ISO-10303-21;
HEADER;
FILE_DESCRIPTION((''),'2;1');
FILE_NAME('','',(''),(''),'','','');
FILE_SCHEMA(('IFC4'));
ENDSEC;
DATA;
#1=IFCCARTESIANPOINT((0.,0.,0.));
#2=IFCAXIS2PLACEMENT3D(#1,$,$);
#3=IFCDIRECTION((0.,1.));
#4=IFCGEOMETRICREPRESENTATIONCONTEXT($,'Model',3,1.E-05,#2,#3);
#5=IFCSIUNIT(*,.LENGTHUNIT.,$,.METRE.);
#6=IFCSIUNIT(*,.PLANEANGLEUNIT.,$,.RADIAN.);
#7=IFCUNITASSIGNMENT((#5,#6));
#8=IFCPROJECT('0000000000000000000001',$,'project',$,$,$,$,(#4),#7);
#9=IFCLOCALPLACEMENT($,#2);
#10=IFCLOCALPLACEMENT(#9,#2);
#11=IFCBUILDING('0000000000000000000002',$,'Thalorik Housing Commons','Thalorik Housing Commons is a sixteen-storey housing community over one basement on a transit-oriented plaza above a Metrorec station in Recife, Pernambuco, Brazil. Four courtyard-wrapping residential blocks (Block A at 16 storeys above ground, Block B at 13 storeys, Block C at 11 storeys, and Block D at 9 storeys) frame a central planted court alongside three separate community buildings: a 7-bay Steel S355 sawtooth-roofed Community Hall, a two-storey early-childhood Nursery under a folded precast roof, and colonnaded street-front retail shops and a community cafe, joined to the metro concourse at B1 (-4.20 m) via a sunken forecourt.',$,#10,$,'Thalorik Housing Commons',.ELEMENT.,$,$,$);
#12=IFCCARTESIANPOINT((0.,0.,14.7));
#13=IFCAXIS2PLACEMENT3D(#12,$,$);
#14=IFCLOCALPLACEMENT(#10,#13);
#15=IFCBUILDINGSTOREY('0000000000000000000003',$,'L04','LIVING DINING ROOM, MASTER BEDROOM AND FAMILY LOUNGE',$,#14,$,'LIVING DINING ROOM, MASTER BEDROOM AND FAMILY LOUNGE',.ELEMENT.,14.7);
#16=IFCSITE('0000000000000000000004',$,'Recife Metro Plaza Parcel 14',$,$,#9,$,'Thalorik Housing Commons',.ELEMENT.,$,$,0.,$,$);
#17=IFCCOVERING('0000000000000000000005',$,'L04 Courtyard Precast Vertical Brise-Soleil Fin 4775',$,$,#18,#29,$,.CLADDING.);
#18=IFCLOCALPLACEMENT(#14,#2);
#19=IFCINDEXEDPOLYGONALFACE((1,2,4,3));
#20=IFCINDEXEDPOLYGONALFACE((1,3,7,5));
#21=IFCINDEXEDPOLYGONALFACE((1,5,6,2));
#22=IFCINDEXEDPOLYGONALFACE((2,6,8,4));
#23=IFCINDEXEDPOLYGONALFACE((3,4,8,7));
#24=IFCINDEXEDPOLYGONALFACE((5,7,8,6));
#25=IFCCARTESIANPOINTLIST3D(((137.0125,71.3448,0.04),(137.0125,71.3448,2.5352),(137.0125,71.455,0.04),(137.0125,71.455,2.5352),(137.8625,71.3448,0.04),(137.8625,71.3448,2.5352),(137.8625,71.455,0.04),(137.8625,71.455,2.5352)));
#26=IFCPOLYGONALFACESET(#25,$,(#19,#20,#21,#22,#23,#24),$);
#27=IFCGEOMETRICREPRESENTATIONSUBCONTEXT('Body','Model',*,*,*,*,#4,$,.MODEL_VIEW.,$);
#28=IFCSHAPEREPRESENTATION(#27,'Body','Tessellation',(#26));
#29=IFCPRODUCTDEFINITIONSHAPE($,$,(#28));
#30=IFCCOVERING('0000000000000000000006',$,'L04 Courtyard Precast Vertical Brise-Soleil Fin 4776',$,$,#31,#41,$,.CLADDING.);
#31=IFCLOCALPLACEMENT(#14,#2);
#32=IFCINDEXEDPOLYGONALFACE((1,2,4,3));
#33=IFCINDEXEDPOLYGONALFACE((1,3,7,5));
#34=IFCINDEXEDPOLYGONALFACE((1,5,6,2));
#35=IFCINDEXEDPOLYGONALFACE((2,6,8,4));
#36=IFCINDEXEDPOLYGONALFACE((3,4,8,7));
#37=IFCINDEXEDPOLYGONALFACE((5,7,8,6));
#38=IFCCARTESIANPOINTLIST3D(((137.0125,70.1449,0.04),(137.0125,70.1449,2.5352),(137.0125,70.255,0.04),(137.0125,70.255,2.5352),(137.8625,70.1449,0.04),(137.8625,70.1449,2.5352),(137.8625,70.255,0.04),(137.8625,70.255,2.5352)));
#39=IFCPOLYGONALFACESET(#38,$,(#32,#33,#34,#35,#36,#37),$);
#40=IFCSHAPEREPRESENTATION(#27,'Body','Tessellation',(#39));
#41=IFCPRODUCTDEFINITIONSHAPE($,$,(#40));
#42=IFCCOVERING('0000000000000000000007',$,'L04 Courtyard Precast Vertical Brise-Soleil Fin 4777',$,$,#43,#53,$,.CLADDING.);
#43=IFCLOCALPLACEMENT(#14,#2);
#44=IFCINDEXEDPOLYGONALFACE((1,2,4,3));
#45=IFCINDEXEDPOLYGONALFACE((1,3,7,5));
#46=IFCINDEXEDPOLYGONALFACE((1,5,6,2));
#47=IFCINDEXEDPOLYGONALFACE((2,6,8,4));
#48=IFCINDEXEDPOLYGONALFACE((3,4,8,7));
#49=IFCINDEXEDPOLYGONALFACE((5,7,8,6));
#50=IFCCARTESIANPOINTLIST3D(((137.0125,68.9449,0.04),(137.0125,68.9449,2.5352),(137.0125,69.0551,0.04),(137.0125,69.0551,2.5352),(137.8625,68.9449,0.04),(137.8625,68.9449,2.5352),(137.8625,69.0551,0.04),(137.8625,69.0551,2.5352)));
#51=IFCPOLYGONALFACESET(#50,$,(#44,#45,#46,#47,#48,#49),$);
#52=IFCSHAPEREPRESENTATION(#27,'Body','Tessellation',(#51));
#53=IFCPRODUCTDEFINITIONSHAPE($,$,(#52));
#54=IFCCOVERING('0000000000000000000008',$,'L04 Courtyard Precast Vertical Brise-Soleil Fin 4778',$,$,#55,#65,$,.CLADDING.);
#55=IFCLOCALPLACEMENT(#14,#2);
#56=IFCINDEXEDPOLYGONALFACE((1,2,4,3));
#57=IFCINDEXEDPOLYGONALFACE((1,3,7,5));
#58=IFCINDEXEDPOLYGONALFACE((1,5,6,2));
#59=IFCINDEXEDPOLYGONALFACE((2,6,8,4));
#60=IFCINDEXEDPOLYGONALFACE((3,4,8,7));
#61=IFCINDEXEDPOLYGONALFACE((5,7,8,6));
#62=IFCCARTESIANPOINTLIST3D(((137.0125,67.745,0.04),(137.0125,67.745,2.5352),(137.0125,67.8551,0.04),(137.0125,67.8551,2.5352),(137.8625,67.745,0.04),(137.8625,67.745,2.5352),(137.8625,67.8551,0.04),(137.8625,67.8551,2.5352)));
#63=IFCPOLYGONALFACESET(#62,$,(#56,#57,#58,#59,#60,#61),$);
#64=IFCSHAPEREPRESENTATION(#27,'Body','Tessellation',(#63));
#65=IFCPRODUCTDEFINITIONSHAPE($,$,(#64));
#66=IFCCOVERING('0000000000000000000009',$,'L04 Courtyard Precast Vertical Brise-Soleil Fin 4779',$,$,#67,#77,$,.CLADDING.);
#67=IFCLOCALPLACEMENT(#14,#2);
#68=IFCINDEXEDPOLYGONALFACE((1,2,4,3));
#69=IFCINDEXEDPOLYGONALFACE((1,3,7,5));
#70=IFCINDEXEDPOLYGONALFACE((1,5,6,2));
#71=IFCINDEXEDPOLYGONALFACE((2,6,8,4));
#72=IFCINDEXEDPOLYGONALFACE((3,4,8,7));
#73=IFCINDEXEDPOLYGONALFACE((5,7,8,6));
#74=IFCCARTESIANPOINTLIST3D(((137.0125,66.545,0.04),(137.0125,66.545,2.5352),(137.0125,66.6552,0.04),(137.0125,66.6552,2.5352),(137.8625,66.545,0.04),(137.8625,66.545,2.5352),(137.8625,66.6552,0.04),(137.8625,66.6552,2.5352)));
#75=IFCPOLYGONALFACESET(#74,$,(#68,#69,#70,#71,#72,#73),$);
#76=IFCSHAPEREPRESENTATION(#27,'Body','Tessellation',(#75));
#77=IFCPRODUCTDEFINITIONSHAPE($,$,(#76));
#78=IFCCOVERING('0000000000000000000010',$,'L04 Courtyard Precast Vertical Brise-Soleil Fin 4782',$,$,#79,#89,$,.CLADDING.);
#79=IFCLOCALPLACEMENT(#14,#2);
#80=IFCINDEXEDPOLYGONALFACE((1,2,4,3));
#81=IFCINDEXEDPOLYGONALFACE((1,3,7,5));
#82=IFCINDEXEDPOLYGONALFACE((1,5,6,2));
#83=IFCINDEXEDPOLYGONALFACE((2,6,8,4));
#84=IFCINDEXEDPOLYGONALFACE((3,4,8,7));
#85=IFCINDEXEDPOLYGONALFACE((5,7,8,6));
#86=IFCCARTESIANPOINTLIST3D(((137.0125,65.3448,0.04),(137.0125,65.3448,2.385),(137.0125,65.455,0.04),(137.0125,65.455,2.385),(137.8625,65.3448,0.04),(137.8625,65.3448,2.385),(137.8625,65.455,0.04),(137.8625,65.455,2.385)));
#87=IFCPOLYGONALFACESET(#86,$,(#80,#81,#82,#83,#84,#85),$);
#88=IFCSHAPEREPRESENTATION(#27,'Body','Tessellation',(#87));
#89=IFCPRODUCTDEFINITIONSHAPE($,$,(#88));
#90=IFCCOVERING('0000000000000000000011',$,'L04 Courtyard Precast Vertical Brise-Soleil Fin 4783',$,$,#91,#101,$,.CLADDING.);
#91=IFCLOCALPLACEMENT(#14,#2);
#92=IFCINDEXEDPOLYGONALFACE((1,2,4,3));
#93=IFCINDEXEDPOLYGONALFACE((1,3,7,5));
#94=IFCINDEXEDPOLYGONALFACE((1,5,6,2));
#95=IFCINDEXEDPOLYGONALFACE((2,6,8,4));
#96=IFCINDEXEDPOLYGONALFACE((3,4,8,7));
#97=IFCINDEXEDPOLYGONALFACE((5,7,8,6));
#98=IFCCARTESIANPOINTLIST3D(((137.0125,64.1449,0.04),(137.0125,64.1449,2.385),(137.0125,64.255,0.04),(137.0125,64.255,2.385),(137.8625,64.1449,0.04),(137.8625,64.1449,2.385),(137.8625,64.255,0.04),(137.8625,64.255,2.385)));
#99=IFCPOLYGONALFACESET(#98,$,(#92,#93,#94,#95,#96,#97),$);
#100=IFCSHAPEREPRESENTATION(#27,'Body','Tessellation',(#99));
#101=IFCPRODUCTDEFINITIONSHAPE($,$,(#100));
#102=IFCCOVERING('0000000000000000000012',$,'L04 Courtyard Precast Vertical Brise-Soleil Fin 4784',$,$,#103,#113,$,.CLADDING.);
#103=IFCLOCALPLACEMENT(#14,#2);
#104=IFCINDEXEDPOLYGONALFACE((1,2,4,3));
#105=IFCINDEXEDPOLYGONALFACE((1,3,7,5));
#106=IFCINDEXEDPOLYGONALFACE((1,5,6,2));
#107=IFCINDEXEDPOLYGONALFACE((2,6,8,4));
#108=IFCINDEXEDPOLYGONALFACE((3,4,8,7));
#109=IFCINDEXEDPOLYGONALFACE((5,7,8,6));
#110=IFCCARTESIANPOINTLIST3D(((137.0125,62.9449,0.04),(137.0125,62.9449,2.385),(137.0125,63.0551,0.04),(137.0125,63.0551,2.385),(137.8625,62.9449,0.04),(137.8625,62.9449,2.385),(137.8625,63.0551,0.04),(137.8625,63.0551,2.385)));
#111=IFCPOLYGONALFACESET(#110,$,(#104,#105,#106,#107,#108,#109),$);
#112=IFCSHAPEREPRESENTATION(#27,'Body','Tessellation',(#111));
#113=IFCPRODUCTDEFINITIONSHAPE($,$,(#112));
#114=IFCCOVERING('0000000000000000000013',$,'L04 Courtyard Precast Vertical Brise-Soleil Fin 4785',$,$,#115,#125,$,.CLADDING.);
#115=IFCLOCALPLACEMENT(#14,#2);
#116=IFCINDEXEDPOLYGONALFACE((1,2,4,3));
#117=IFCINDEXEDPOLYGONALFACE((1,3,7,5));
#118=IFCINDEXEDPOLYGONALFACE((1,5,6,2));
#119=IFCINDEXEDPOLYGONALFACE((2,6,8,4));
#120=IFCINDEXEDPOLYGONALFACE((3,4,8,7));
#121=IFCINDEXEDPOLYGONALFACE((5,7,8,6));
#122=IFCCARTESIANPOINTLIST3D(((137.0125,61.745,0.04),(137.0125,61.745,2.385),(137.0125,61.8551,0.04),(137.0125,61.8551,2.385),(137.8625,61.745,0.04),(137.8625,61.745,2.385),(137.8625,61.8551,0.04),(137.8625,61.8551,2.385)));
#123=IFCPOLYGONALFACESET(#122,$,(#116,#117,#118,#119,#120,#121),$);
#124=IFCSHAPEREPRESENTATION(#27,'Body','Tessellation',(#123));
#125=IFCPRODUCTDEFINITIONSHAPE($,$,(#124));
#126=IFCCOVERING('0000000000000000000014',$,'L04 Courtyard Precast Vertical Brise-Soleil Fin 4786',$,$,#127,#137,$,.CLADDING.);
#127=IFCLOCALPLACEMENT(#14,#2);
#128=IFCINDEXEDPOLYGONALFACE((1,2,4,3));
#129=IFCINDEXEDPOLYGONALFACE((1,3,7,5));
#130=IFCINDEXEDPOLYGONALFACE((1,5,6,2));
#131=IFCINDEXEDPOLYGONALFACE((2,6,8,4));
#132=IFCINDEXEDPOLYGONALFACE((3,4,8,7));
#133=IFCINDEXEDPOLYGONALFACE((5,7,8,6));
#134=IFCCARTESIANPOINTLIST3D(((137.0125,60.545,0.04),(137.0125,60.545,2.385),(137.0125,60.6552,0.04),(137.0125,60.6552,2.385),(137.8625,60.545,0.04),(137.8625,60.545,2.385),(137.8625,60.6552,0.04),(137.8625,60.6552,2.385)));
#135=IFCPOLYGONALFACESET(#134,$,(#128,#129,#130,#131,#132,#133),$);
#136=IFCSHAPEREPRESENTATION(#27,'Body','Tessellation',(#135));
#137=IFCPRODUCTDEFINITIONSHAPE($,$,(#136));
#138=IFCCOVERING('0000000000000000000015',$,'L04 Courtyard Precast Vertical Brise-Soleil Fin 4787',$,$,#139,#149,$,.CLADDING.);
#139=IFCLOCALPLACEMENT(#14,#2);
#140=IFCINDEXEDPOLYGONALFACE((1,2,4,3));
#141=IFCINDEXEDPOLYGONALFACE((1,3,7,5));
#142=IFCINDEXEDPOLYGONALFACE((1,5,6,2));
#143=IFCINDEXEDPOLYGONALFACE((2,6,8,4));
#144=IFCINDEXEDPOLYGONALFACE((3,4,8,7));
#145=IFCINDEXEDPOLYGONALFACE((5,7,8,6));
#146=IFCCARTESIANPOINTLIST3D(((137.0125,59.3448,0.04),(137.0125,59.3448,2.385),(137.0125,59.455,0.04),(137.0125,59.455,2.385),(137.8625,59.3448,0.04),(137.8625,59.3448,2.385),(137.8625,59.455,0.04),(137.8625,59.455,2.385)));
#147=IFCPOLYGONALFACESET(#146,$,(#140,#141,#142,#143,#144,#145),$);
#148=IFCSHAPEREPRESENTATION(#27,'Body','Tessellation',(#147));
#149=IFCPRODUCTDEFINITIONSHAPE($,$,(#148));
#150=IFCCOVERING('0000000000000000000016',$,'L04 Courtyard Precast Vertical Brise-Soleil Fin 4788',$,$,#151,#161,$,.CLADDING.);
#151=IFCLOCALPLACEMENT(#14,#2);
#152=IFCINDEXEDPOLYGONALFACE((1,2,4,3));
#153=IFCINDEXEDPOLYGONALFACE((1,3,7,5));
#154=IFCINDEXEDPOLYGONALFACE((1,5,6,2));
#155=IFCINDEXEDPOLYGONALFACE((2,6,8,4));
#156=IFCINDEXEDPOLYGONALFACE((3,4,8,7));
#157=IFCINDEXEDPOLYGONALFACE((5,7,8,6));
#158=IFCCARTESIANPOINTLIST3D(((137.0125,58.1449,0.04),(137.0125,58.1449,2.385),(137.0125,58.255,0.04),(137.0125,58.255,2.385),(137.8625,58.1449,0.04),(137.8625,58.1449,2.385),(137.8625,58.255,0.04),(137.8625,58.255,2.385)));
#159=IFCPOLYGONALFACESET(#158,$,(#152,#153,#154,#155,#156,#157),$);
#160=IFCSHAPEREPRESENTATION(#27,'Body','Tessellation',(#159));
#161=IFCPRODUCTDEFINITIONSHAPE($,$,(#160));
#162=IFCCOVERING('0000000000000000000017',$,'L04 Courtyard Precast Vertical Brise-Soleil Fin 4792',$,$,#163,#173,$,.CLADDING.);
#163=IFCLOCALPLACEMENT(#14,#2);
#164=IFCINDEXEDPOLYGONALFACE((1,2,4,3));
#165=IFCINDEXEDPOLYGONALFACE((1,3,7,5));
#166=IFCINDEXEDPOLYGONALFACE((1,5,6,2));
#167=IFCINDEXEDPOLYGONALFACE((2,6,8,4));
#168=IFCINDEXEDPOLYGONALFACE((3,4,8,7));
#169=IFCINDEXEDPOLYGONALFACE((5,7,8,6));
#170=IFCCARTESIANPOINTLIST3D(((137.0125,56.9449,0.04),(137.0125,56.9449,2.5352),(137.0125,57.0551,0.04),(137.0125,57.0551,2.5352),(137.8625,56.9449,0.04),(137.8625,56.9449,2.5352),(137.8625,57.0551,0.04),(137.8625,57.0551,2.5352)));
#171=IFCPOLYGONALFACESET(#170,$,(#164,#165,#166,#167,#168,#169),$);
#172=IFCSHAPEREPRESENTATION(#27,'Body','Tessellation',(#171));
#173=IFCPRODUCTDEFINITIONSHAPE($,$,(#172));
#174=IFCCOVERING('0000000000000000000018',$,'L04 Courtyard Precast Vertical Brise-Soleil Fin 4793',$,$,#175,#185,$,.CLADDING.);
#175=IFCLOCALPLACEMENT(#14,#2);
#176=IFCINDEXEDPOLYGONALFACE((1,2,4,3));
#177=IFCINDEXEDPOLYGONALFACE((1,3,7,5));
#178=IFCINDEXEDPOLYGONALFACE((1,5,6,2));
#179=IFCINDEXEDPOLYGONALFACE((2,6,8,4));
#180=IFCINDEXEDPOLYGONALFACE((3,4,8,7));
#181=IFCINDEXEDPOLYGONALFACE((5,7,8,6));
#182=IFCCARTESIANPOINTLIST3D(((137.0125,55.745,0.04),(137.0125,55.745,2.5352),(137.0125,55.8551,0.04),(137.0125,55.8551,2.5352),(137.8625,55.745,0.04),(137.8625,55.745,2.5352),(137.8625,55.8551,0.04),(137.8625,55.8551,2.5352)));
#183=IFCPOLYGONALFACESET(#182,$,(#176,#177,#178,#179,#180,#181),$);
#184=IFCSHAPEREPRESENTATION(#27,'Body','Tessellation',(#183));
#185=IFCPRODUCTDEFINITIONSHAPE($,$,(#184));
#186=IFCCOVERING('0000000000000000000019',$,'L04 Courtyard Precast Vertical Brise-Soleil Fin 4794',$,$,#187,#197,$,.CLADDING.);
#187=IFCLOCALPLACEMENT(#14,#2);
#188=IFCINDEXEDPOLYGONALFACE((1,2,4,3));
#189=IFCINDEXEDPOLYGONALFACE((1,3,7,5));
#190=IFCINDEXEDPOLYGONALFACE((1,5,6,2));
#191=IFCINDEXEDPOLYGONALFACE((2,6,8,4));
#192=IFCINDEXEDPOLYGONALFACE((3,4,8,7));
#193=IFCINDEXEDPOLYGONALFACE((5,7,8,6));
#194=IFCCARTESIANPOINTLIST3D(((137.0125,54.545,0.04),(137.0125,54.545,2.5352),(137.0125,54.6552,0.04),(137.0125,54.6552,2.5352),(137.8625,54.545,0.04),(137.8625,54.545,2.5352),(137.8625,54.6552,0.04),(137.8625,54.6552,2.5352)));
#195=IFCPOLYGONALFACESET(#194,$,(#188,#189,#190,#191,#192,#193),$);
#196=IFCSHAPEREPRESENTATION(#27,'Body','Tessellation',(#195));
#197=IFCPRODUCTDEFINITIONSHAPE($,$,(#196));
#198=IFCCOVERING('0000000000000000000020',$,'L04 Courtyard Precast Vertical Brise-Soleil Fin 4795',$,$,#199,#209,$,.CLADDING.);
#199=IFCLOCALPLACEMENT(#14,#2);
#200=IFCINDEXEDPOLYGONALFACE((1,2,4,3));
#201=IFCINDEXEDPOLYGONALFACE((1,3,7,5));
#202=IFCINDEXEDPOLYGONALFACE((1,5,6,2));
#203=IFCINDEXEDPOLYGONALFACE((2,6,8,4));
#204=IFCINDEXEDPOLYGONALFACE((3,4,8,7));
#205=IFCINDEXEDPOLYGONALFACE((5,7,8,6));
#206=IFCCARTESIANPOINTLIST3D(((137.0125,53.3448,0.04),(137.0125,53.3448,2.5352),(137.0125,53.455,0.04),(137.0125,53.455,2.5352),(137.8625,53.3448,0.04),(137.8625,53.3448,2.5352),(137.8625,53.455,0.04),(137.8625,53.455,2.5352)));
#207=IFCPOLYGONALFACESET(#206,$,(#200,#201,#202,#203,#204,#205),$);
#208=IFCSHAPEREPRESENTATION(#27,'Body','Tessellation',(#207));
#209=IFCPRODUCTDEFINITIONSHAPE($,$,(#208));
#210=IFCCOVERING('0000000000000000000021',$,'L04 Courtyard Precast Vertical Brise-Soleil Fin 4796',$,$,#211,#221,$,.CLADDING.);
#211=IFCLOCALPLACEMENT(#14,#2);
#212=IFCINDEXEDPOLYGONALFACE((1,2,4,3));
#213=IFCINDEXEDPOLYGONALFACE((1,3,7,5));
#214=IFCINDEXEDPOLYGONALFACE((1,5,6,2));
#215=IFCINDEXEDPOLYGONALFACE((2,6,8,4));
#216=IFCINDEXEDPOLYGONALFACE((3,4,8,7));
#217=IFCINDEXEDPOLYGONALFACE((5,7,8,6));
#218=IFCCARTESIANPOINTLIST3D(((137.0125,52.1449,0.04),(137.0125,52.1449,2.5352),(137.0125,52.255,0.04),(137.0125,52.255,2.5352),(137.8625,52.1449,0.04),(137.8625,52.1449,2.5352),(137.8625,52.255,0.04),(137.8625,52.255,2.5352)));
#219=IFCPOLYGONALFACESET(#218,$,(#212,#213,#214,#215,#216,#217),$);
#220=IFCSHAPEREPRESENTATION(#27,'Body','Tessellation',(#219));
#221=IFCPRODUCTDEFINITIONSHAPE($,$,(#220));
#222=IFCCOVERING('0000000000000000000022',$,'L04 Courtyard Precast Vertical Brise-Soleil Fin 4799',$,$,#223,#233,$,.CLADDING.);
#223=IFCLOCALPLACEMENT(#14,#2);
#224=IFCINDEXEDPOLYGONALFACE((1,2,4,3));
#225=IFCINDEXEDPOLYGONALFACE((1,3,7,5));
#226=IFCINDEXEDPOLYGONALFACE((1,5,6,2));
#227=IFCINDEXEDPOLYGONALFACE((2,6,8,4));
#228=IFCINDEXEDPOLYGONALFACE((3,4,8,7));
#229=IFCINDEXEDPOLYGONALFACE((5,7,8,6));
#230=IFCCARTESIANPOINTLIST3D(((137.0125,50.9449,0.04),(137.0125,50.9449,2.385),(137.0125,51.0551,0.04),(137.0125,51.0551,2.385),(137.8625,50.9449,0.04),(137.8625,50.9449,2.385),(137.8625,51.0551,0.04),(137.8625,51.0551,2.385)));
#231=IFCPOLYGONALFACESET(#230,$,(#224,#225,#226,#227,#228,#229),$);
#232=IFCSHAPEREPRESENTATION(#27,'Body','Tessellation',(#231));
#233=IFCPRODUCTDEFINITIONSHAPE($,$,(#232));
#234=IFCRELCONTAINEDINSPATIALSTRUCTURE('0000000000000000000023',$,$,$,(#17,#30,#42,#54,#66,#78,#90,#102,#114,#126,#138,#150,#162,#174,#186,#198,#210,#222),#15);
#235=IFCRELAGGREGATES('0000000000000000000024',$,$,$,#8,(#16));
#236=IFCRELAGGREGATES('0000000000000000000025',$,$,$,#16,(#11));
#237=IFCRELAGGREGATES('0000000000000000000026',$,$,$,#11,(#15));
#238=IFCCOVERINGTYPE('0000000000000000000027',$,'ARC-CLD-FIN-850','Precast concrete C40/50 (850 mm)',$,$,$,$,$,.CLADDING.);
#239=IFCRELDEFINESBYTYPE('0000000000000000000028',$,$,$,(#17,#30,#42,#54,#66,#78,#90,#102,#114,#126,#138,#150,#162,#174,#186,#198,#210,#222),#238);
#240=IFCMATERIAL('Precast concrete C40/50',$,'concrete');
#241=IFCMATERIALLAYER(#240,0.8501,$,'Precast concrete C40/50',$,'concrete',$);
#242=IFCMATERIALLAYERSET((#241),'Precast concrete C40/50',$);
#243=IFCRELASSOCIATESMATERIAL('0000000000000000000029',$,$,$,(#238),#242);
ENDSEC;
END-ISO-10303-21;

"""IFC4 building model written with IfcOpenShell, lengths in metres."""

from ifc_helpers import new_model, si_unit, direction, frame, origin, origin_2d, place, context, subcontext, project, spatial, rectangle, extrude, material, layer, layer_set, type_object, element, save


model = new_model("IFC4")

# Units and contexts
model_context = context("Model", 3, precision=1e-05, world=origin(), true_north=direction((0.0, 1.0)))
body_context = subcontext(model_context, "Body", "Model", "MODEL_VIEW")
ifc_project = project(units=[si_unit("LENGTHUNIT", "METRE"), si_unit("PLANEANGLEUNIT", "RADIAN")], contexts=[model_context])

# Site, building, storey
site_placement = place(None, origin())
site = spatial("IfcSite", under=ifc_project, at=site_placement, Name="Recife Metro Plaza Parcel 14", LongName="Thalorik Housing Commons", CompositionType="ELEMENT", RefElevation=0.0)
building_placement = place(site_placement, origin())
building = spatial("IfcBuilding", under=site, at=building_placement, Name="Thalorik Housing Commons", Description="Thalorik Housing Commons is a sixteen-storey housing community over one basement on a transit-oriented plaza above a Metrorec station in Recife, Pernambuco, Brazil. Four courtyard-wrapping residential blocks (Block A at 16 storeys above ground, Block B at 13 storeys, Block C at 11 storeys, and Block D at 9 storeys) frame a central planted court alongside three separate community buildings: a 7-bay Steel S355 sawtooth-roofed Community Hall, a two-storey early-childhood Nursery under a folded precast roof, and colonnaded street-front retail shops and a community cafe, joined to the metro concourse at B1 (-4.20 m) via a sunken forecourt.", LongName="Thalorik Housing Commons", CompositionType="ELEMENT")
storey_placement = place(building_placement, frame((0.0, 0.0, 14.7)))
storey = spatial("IfcBuildingStorey", under=building, at=storey_placement, Name="L04", Description="LIVING DINING ROOM, MASTER BEDROOM AND FAMILY LOUNGE", LongName="LIVING DINING ROOM, MASTER BEDROOM AND FAMILY LOUNGE", CompositionType="ELEMENT", Elevation=14.7)

# Coverings
ifc_material = material(Name="Precast concrete C40/50", Category="concrete")
ifc_layer_1 = layer(ifc_material, 0.8501, Name="Precast concrete C40/50", Category="concrete")
ifc_layer_set_1 = layer_set([ifc_layer_1], Name="Precast concrete C40/50")
covering_type_1 = type_object("IfcCoveringType", Name="ARC-CLD-FIN-850", Description="Precast concrete C40/50 (850 mm)", PredefinedType="CLADDING", material=ifc_layer_set_1)
for number, where, z_axis, x_axis, name in (
    (1, (137.4375, 71.3999, 0.04), (0.0, 0.0, 1.0), (0.0, -1.0, 0.0), "L04 Courtyard Precast Vertical Brise-Soleil Fin 4775"),
    (2, (137.4375, 70.2, 0.04), (0.0, 0.0, 1.0), (0.0, -1.0, 0.0), "L04 Courtyard Precast Vertical Brise-Soleil Fin 4776"),
    (3, (137.4375, 69.0, 0.04), (0.0, 0.0, 1.0), (0.0, -1.0, 0.0), "L04 Courtyard Precast Vertical Brise-Soleil Fin 4777"),
    (4, (137.4375, 67.8, 0.04), (0.0, 0.0, 1.0), (0.0, -1.0, 0.0), "L04 Courtyard Precast Vertical Brise-Soleil Fin 4778"),
    (5, (137.4375, 66.6001, 0.04), (0.0, 0.0, 1.0), (0.0, -1.0, 0.0), "L04 Courtyard Precast Vertical Brise-Soleil Fin 4779"),
):
    element("IfcCovering", number, at=place(storey_placement, frame(where, z_axis=z_axis, x_axis=x_axis)), inside=storey, type_object=covering_type_1, Name=name, PredefinedType="CLADDING", context=body_context, shape_type="SweptSolid", body=[
        extrude(rectangle(XDim=0.1101, YDim=0.8501, at=origin_2d()), origin(), (0.0, 0.0, 1.0), 2.4951),
    ])
for number, where, z_axis, x_axis, name in (
    (6, (137.4375, 65.3999, 0.04), (0.0, 0.0, 1.0), (0.0, -1.0, 0.0), "L04 Courtyard Precast Vertical Brise-Soleil Fin 4782"),
    (7, (137.4375, 64.2, 0.04), (0.0, 0.0, 1.0), (0.0, -1.0, 0.0), "L04 Courtyard Precast Vertical Brise-Soleil Fin 4783"),
    (8, (137.4375, 63.0, 0.04), (0.0, 0.0, 1.0), (0.0, -1.0, 0.0), "L04 Courtyard Precast Vertical Brise-Soleil Fin 4784"),
    (9, (137.4375, 61.8, 0.04), (0.0, 0.0, 1.0), (0.0, -1.0, 0.0), "L04 Courtyard Precast Vertical Brise-Soleil Fin 4785"),
    (10, (137.4375, 60.6001, 0.04), (0.0, 0.0, 1.0), (0.0, -1.0, 0.0), "L04 Courtyard Precast Vertical Brise-Soleil Fin 4786"),
    (11, (137.4375, 59.3999, 0.04), (0.0, 0.0, 1.0), (0.0, -1.0, 0.0), "L04 Courtyard Precast Vertical Brise-Soleil Fin 4787"),
    (12, (137.4375, 58.2, 0.04), (0.0, 0.0, 1.0), (0.0, -1.0, 0.0), "L04 Courtyard Precast Vertical Brise-Soleil Fin 4788"),
):
    element("IfcCovering", number, at=place(storey_placement, frame(where, z_axis=z_axis, x_axis=x_axis)), inside=storey, type_object=covering_type_1, Name=name, PredefinedType="CLADDING", context=body_context, shape_type="SweptSolid", body=[
        extrude(rectangle(XDim=0.1101, YDim=0.8501, at=origin_2d()), origin(), (0.0, 0.0, 1.0), 2.345),
    ])
for number, where, z_axis, x_axis, name in (
    (13, (137.4375, 57.0, 0.04), (0.0, 0.0, 1.0), (0.0, -1.0, 0.0), "L04 Courtyard Precast Vertical Brise-Soleil Fin 4792"),
    (14, (137.4375, 55.8, 0.04), (0.0, 0.0, 1.0), (0.0, -1.0, 0.0), "L04 Courtyard Precast Vertical Brise-Soleil Fin 4793"),
    (15, (137.4375, 54.6001, 0.04), (0.0, 0.0, 1.0), (0.0, -1.0, 0.0), "L04 Courtyard Precast Vertical Brise-Soleil Fin 4794"),
    (16, (137.4375, 53.3999, 0.04), (0.0, 0.0, 1.0), (0.0, -1.0, 0.0), "L04 Courtyard Precast Vertical Brise-Soleil Fin 4795"),
    (17, (137.4375, 52.2, 0.04), (0.0, 0.0, 1.0), (0.0, -1.0, 0.0), "L04 Courtyard Precast Vertical Brise-Soleil Fin 4796"),
):
    element("IfcCovering", number, at=place(storey_placement, frame(where, z_axis=z_axis, x_axis=x_axis)), inside=storey, type_object=covering_type_1, Name=name, PredefinedType="CLADDING", context=body_context, shape_type="SweptSolid", body=[
        extrude(rectangle(XDim=0.1101, YDim=0.8501, at=origin_2d()), origin(), (0.0, 0.0, 1.0), 2.4951),
    ])
covering_1_placement = place(storey_placement, frame((137.4375, 51.0, 0.04), z_axis=(0.0, 0.0, 1.0), x_axis=(0.0, -1.0, 0.0)))
element("IfcCovering", 18, at=covering_1_placement, inside=storey, type_object=covering_type_1, Name="L04 Courtyard Precast Vertical Brise-Soleil Fin 4799", PredefinedType="CLADDING", context=body_context, shape_type="SweptSolid", body=[
    extrude(rectangle(XDim=0.1101, YDim=0.8501, at=origin_2d()), origin(), (0.0, 0.0, 1.0), 2.345),
])

save(model, "model.ifc")
